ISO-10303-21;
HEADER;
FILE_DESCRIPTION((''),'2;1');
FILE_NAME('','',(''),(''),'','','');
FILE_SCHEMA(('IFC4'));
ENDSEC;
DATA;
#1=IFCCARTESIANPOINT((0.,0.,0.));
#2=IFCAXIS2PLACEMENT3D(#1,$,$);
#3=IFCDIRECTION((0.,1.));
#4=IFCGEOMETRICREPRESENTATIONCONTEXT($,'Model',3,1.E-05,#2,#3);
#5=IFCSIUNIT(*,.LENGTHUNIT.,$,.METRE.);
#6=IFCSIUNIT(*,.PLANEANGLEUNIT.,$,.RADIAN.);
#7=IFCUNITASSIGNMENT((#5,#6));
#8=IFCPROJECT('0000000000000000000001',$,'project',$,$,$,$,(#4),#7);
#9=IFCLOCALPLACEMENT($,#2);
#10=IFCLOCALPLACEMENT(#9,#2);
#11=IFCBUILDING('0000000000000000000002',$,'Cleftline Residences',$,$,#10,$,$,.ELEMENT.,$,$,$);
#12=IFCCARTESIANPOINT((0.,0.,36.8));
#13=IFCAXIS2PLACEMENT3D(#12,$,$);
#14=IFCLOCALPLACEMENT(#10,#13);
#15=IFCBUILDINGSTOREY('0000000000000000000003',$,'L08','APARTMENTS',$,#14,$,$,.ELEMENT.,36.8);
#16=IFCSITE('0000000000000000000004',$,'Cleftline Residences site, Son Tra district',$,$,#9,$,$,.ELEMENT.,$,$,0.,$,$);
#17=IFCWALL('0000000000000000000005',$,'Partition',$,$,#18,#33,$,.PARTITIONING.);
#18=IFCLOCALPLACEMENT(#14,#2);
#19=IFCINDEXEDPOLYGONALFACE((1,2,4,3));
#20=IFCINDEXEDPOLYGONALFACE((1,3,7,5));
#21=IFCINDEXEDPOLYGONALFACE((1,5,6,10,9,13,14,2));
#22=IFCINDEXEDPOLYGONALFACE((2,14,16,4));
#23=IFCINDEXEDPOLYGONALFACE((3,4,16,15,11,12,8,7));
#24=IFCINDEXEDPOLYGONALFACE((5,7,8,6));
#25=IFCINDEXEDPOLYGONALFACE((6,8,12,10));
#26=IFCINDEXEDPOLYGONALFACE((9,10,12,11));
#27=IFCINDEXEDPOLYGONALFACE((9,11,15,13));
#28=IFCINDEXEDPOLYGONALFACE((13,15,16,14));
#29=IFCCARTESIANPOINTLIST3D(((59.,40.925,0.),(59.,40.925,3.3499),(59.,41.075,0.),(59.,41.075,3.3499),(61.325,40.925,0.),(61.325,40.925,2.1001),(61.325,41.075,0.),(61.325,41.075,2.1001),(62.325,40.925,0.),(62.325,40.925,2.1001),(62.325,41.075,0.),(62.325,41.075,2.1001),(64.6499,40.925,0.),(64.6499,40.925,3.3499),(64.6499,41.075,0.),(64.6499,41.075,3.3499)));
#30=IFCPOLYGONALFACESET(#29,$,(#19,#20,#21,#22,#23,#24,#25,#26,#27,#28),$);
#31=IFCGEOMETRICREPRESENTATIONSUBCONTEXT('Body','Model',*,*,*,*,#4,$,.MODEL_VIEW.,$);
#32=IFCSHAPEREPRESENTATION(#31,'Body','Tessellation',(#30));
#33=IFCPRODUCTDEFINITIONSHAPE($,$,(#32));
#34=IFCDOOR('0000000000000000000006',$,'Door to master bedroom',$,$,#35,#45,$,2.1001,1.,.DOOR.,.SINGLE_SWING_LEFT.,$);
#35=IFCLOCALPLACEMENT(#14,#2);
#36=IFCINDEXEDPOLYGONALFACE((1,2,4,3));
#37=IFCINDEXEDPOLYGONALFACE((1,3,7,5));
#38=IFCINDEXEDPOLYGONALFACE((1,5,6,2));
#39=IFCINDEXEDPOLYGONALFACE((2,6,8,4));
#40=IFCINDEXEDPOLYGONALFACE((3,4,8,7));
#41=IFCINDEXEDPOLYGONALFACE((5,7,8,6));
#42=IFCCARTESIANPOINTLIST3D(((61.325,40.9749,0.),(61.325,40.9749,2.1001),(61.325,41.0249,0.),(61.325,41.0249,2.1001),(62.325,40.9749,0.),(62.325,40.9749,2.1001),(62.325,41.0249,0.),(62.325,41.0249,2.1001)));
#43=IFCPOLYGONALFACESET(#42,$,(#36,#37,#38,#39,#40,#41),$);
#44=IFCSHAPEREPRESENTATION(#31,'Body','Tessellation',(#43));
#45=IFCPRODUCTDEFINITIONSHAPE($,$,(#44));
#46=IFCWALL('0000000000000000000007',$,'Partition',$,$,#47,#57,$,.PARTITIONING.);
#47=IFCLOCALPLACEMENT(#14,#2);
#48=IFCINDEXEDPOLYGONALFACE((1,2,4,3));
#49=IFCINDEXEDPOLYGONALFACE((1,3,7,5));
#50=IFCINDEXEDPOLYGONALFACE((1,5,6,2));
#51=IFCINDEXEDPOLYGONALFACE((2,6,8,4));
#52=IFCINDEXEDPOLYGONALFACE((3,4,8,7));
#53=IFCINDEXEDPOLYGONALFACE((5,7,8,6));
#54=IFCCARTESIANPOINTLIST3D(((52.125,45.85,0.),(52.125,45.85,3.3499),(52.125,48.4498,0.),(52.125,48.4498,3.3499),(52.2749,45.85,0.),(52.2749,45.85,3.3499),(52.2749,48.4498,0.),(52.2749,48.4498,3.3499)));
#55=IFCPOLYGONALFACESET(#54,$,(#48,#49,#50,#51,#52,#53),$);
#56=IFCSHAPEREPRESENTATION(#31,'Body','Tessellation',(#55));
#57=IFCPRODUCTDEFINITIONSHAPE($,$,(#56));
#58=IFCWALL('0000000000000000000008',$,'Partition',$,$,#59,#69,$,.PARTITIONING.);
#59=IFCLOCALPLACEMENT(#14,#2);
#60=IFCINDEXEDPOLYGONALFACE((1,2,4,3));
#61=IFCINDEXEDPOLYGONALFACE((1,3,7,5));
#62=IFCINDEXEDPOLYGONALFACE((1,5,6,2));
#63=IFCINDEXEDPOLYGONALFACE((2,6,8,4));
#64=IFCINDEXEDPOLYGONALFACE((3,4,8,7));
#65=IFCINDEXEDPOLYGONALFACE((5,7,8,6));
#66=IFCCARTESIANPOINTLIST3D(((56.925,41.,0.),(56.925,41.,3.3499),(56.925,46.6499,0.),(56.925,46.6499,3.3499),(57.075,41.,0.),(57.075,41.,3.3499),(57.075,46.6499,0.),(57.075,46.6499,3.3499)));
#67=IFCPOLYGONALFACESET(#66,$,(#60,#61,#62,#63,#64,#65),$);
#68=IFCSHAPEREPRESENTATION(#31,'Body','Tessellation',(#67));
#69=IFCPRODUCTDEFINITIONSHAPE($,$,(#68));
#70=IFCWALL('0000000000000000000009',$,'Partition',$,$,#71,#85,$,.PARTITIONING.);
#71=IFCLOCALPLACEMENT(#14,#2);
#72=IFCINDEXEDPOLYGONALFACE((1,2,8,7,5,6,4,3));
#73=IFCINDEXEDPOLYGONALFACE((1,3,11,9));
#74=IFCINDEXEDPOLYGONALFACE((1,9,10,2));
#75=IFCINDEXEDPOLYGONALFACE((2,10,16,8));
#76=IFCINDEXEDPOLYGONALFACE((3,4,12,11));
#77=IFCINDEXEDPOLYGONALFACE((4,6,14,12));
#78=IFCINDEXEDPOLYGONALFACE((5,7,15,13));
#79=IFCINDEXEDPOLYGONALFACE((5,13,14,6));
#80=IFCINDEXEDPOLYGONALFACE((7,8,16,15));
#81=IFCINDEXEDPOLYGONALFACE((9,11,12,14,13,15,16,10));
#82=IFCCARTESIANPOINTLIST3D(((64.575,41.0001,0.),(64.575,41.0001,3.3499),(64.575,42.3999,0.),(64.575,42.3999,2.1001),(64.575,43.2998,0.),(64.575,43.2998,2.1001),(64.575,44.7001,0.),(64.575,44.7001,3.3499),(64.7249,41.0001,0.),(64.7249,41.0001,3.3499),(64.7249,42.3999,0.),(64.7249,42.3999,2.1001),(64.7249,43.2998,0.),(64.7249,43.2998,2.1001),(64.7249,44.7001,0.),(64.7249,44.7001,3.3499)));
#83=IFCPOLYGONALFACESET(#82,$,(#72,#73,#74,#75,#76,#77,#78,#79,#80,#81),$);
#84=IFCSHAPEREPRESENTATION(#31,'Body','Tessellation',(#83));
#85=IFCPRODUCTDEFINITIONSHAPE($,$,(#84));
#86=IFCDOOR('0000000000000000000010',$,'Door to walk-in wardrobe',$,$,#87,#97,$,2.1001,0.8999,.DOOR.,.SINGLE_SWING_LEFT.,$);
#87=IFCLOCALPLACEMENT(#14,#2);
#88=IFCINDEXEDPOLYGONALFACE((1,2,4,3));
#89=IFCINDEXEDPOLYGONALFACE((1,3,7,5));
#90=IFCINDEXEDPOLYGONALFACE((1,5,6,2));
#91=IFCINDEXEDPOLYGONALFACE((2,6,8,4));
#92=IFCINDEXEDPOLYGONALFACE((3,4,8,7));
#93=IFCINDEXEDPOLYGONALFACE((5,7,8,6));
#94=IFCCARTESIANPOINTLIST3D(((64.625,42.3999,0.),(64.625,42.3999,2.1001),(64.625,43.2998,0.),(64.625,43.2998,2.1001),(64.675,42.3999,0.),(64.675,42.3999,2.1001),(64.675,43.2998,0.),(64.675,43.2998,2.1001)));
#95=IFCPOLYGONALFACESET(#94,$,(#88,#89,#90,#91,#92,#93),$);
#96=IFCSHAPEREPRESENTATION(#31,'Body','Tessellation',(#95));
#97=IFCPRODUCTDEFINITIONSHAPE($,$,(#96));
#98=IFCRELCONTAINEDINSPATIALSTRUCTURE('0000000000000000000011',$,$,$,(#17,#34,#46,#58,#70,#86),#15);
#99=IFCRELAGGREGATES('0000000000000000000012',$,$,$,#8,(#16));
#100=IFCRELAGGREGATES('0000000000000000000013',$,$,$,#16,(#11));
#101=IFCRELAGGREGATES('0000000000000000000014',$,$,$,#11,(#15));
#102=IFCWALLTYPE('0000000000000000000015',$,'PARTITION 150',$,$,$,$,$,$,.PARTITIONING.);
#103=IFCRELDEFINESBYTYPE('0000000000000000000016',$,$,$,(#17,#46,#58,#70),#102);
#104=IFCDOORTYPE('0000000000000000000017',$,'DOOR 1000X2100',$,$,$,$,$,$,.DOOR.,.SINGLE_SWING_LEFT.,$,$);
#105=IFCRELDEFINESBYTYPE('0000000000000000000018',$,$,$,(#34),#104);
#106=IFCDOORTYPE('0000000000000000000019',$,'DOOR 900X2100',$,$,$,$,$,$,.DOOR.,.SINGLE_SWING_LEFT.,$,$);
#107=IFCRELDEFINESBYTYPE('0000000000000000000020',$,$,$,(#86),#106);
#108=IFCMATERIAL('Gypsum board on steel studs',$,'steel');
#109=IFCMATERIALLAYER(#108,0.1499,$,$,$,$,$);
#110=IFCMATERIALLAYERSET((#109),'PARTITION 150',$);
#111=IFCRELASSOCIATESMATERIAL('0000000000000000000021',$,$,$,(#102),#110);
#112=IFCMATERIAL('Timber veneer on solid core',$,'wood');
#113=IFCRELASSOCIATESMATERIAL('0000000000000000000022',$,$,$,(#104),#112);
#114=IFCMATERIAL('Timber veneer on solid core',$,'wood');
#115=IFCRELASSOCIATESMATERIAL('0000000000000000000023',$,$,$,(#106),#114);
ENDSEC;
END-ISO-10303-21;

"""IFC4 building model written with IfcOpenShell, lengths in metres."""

from ifc_helpers import new_model, si_unit, direction, frame, frame_2d, origin, place, context, subcontext, project, spatial, rectangle, extrude, material, layer, layer_set, type_object, element, fill, save


model = new_model("IFC4")

# Units and contexts
model_context = context("Model", 3, precision=1e-05, world=origin(), true_north=direction((0.0, 1.0)))
body_context = subcontext(model_context, "Body", "Model", "MODEL_VIEW")
ifc_project = project(units=[si_unit("LENGTHUNIT", "METRE"), si_unit("PLANEANGLEUNIT", "RADIAN")], contexts=[model_context])

# Site, building, storey
site_placement = place(None, origin())
site = spatial("IfcSite", under=ifc_project, at=site_placement, Name="Cleftline Residences site, Son Tra district", CompositionType="ELEMENT", RefElevation=0.0)
building_placement = place(site_placement, origin())
building = spatial("IfcBuilding", under=site, at=building_placement, Name="Cleftline Residences", CompositionType="ELEMENT")
storey_placement = place(building_placement, frame((0.0, 0.0, 36.8)))
storey = spatial("IfcBuildingStorey", under=building, at=storey_placement, Name="L08", Description="APARTMENTS", CompositionType="ELEMENT", Elevation=36.8)

# Wall, opening, door
ifc_material_1 = material(Name="Gypsum board on steel studs", Category="steel")
ifc_layer_1 = layer(ifc_material_1, 0.1499)
ifc_layer_set_1 = layer_set([ifc_layer_1], Name="PARTITION 150")
wall_type_1 = type_object("IfcWallType", Name="PARTITION 150", PredefinedType="PARTITIONING", material=ifc_layer_set_1)
wall_1_placement = place(storey_placement, frame((59.0, 41.0, 0.0), z_axis=(0.0, 0.0, 1.0), x_axis=(1.0, 0.0, 0.0)))
wall_1 = element("IfcWall", 1, at=wall_1_placement, inside=storey, type_object=wall_type_1, Name="Partition", PredefinedType="PARTITIONING", context=body_context, shape_type="SweptSolid", body=[
    extrude(rectangle(XDim=5.6499, YDim=0.1499, at=frame_2d((2.825, 0.0))), origin(), (0.0, 0.0, 1.0), 3.3499),
])
opening_1_placement = place(wall_1_placement, frame((2.325, 0.0, 0.0)))
opening_1 = element("IfcOpeningElement", 2, at=opening_1_placement, cuts=wall_1, PredefinedType="OPENING", context=body_context, shape_type="SweptSolid", body=[
    extrude(rectangle(XDim=1.0, YDim=2.1001, at=frame_2d((0.5, 1.05))), frame((0.0, 0.085, 0.0), z_axis=(0.0, -1.0, 0.0), x_axis=(1.0, 0.0, 0.0)), (0.0, 0.0, 1.0), 0.1699),
])
ifc_material_2 = material(Name="Timber veneer on solid core", Category="wood")
door_type_1 = type_object("IfcDoorType", Name="DOOR 1000X2100", OperationType="SINGLE_SWING_LEFT", PredefinedType="DOOR", material=ifc_material_2)
door_1_placement = place(opening_1_placement, origin())
door_1 = element("IfcDoor", 3, at=door_1_placement, inside=storey, type_object=door_type_1, Name="Door to master bedroom", OperationType="SINGLE_SWING_LEFT", OverallHeight=2.1001, OverallWidth=1.0, PredefinedType="DOOR", context=body_context, shape_type="SweptSolid", body=[
    extrude(rectangle(XDim=1.0, YDim=2.1001, at=frame_2d((0.5, 1.05))), frame((0.0, 0.0249, 0.0), z_axis=(0.0, -1.0, 0.0), x_axis=(1.0, 0.0, 0.0)), (0.0, 0.0, 1.0), 0.05),
])
fill(opening_1, door_1)

# Walls
wall_2_placement = place(storey_placement, frame((52.2, 45.8501, 0.0), z_axis=(0.0, 0.0, 1.0), x_axis=(0.0, 1.0, 0.0)))
element("IfcWall", 4, at=wall_2_placement, inside=storey, type_object=wall_type_1, Name="Partition", PredefinedType="PARTITIONING", context=body_context, shape_type="SweptSolid", body=[
    extrude(rectangle(XDim=2.5999, YDim=0.1499, at=frame_2d((1.2998, 0.0))), origin(), (0.0, 0.0, 1.0), 3.3499),
])
wall_3_placement = place(storey_placement, frame((57.0, 41.0, 0.0), z_axis=(0.0, 0.0, 1.0), x_axis=(0.0, 1.0, 0.0)))
element("IfcWall", 5, at=wall_3_placement, inside=storey, type_object=wall_type_1, Name="Partition", PredefinedType="PARTITIONING", context=body_context, shape_type="SweptSolid", body=[
    extrude(rectangle(XDim=5.6499, YDim=0.1499, at=frame_2d((2.825, 0.0))), origin(), (0.0, 0.0, 1.0), 3.3499),
])

# Wall, opening, door
wall_4_placement = place(storey_placement, frame((64.6499, 41.0, 0.0), z_axis=(0.0, 0.0, 1.0), x_axis=(0.0, 1.0, 0.0)))
wall_4 = element("IfcWall", 6, at=wall_4_placement, inside=storey, type_object=wall_type_1, Name="Partition", PredefinedType="PARTITIONING", context=body_context, shape_type="SweptSolid", body=[
    extrude(rectangle(XDim=3.7, YDim=0.1499, at=frame_2d((1.8501, 0.0))), origin(), (0.0, 0.0, 1.0), 3.3499),
])
opening_2_placement = place(wall_4_placement, frame((1.3999, 0.0, 0.0)))
opening_2 = element("IfcOpeningElement", 7, at=opening_2_placement, cuts=wall_4, PredefinedType="OPENING", context=body_context, shape_type="SweptSolid", body=[
    extrude(rectangle(XDim=0.8999, YDim=2.1001, at=frame_2d((0.45, 1.05))), frame((0.0, 0.085, 0.0), z_axis=(0.0, -1.0, 0.0), x_axis=(1.0, 0.0, 0.0)), (0.0, 0.0, 1.0), 0.1699),
])
ifc_material_3 = material(Name="Timber veneer on solid core", Category="wood")
door_type_2 = type_object("IfcDoorType", Name="DOOR 900X2100", OperationType="SINGLE_SWING_LEFT", PredefinedType="DOOR", material=ifc_material_3)
door_2_placement = place(opening_2_placement, origin())
door_2 = element("IfcDoor", 8, at=door_2_placement, inside=storey, type_object=door_type_2, Name="Door to walk-in wardrobe", OperationType="SINGLE_SWING_LEFT", OverallHeight=2.1001, OverallWidth=0.8999, PredefinedType="DOOR", context=body_context, shape_type="SweptSolid", body=[
    extrude(rectangle(XDim=0.8999, YDim=2.1001, at=frame_2d((0.45, 1.05))), frame((0.0, 0.0249, 0.0), z_axis=(0.0, -1.0, 0.0), x_axis=(1.0, 0.0, 0.0)), (0.0, 0.0, 1.0), 0.05),
])
fill(opening_2, door_2)

save(model, "model.ifc")
